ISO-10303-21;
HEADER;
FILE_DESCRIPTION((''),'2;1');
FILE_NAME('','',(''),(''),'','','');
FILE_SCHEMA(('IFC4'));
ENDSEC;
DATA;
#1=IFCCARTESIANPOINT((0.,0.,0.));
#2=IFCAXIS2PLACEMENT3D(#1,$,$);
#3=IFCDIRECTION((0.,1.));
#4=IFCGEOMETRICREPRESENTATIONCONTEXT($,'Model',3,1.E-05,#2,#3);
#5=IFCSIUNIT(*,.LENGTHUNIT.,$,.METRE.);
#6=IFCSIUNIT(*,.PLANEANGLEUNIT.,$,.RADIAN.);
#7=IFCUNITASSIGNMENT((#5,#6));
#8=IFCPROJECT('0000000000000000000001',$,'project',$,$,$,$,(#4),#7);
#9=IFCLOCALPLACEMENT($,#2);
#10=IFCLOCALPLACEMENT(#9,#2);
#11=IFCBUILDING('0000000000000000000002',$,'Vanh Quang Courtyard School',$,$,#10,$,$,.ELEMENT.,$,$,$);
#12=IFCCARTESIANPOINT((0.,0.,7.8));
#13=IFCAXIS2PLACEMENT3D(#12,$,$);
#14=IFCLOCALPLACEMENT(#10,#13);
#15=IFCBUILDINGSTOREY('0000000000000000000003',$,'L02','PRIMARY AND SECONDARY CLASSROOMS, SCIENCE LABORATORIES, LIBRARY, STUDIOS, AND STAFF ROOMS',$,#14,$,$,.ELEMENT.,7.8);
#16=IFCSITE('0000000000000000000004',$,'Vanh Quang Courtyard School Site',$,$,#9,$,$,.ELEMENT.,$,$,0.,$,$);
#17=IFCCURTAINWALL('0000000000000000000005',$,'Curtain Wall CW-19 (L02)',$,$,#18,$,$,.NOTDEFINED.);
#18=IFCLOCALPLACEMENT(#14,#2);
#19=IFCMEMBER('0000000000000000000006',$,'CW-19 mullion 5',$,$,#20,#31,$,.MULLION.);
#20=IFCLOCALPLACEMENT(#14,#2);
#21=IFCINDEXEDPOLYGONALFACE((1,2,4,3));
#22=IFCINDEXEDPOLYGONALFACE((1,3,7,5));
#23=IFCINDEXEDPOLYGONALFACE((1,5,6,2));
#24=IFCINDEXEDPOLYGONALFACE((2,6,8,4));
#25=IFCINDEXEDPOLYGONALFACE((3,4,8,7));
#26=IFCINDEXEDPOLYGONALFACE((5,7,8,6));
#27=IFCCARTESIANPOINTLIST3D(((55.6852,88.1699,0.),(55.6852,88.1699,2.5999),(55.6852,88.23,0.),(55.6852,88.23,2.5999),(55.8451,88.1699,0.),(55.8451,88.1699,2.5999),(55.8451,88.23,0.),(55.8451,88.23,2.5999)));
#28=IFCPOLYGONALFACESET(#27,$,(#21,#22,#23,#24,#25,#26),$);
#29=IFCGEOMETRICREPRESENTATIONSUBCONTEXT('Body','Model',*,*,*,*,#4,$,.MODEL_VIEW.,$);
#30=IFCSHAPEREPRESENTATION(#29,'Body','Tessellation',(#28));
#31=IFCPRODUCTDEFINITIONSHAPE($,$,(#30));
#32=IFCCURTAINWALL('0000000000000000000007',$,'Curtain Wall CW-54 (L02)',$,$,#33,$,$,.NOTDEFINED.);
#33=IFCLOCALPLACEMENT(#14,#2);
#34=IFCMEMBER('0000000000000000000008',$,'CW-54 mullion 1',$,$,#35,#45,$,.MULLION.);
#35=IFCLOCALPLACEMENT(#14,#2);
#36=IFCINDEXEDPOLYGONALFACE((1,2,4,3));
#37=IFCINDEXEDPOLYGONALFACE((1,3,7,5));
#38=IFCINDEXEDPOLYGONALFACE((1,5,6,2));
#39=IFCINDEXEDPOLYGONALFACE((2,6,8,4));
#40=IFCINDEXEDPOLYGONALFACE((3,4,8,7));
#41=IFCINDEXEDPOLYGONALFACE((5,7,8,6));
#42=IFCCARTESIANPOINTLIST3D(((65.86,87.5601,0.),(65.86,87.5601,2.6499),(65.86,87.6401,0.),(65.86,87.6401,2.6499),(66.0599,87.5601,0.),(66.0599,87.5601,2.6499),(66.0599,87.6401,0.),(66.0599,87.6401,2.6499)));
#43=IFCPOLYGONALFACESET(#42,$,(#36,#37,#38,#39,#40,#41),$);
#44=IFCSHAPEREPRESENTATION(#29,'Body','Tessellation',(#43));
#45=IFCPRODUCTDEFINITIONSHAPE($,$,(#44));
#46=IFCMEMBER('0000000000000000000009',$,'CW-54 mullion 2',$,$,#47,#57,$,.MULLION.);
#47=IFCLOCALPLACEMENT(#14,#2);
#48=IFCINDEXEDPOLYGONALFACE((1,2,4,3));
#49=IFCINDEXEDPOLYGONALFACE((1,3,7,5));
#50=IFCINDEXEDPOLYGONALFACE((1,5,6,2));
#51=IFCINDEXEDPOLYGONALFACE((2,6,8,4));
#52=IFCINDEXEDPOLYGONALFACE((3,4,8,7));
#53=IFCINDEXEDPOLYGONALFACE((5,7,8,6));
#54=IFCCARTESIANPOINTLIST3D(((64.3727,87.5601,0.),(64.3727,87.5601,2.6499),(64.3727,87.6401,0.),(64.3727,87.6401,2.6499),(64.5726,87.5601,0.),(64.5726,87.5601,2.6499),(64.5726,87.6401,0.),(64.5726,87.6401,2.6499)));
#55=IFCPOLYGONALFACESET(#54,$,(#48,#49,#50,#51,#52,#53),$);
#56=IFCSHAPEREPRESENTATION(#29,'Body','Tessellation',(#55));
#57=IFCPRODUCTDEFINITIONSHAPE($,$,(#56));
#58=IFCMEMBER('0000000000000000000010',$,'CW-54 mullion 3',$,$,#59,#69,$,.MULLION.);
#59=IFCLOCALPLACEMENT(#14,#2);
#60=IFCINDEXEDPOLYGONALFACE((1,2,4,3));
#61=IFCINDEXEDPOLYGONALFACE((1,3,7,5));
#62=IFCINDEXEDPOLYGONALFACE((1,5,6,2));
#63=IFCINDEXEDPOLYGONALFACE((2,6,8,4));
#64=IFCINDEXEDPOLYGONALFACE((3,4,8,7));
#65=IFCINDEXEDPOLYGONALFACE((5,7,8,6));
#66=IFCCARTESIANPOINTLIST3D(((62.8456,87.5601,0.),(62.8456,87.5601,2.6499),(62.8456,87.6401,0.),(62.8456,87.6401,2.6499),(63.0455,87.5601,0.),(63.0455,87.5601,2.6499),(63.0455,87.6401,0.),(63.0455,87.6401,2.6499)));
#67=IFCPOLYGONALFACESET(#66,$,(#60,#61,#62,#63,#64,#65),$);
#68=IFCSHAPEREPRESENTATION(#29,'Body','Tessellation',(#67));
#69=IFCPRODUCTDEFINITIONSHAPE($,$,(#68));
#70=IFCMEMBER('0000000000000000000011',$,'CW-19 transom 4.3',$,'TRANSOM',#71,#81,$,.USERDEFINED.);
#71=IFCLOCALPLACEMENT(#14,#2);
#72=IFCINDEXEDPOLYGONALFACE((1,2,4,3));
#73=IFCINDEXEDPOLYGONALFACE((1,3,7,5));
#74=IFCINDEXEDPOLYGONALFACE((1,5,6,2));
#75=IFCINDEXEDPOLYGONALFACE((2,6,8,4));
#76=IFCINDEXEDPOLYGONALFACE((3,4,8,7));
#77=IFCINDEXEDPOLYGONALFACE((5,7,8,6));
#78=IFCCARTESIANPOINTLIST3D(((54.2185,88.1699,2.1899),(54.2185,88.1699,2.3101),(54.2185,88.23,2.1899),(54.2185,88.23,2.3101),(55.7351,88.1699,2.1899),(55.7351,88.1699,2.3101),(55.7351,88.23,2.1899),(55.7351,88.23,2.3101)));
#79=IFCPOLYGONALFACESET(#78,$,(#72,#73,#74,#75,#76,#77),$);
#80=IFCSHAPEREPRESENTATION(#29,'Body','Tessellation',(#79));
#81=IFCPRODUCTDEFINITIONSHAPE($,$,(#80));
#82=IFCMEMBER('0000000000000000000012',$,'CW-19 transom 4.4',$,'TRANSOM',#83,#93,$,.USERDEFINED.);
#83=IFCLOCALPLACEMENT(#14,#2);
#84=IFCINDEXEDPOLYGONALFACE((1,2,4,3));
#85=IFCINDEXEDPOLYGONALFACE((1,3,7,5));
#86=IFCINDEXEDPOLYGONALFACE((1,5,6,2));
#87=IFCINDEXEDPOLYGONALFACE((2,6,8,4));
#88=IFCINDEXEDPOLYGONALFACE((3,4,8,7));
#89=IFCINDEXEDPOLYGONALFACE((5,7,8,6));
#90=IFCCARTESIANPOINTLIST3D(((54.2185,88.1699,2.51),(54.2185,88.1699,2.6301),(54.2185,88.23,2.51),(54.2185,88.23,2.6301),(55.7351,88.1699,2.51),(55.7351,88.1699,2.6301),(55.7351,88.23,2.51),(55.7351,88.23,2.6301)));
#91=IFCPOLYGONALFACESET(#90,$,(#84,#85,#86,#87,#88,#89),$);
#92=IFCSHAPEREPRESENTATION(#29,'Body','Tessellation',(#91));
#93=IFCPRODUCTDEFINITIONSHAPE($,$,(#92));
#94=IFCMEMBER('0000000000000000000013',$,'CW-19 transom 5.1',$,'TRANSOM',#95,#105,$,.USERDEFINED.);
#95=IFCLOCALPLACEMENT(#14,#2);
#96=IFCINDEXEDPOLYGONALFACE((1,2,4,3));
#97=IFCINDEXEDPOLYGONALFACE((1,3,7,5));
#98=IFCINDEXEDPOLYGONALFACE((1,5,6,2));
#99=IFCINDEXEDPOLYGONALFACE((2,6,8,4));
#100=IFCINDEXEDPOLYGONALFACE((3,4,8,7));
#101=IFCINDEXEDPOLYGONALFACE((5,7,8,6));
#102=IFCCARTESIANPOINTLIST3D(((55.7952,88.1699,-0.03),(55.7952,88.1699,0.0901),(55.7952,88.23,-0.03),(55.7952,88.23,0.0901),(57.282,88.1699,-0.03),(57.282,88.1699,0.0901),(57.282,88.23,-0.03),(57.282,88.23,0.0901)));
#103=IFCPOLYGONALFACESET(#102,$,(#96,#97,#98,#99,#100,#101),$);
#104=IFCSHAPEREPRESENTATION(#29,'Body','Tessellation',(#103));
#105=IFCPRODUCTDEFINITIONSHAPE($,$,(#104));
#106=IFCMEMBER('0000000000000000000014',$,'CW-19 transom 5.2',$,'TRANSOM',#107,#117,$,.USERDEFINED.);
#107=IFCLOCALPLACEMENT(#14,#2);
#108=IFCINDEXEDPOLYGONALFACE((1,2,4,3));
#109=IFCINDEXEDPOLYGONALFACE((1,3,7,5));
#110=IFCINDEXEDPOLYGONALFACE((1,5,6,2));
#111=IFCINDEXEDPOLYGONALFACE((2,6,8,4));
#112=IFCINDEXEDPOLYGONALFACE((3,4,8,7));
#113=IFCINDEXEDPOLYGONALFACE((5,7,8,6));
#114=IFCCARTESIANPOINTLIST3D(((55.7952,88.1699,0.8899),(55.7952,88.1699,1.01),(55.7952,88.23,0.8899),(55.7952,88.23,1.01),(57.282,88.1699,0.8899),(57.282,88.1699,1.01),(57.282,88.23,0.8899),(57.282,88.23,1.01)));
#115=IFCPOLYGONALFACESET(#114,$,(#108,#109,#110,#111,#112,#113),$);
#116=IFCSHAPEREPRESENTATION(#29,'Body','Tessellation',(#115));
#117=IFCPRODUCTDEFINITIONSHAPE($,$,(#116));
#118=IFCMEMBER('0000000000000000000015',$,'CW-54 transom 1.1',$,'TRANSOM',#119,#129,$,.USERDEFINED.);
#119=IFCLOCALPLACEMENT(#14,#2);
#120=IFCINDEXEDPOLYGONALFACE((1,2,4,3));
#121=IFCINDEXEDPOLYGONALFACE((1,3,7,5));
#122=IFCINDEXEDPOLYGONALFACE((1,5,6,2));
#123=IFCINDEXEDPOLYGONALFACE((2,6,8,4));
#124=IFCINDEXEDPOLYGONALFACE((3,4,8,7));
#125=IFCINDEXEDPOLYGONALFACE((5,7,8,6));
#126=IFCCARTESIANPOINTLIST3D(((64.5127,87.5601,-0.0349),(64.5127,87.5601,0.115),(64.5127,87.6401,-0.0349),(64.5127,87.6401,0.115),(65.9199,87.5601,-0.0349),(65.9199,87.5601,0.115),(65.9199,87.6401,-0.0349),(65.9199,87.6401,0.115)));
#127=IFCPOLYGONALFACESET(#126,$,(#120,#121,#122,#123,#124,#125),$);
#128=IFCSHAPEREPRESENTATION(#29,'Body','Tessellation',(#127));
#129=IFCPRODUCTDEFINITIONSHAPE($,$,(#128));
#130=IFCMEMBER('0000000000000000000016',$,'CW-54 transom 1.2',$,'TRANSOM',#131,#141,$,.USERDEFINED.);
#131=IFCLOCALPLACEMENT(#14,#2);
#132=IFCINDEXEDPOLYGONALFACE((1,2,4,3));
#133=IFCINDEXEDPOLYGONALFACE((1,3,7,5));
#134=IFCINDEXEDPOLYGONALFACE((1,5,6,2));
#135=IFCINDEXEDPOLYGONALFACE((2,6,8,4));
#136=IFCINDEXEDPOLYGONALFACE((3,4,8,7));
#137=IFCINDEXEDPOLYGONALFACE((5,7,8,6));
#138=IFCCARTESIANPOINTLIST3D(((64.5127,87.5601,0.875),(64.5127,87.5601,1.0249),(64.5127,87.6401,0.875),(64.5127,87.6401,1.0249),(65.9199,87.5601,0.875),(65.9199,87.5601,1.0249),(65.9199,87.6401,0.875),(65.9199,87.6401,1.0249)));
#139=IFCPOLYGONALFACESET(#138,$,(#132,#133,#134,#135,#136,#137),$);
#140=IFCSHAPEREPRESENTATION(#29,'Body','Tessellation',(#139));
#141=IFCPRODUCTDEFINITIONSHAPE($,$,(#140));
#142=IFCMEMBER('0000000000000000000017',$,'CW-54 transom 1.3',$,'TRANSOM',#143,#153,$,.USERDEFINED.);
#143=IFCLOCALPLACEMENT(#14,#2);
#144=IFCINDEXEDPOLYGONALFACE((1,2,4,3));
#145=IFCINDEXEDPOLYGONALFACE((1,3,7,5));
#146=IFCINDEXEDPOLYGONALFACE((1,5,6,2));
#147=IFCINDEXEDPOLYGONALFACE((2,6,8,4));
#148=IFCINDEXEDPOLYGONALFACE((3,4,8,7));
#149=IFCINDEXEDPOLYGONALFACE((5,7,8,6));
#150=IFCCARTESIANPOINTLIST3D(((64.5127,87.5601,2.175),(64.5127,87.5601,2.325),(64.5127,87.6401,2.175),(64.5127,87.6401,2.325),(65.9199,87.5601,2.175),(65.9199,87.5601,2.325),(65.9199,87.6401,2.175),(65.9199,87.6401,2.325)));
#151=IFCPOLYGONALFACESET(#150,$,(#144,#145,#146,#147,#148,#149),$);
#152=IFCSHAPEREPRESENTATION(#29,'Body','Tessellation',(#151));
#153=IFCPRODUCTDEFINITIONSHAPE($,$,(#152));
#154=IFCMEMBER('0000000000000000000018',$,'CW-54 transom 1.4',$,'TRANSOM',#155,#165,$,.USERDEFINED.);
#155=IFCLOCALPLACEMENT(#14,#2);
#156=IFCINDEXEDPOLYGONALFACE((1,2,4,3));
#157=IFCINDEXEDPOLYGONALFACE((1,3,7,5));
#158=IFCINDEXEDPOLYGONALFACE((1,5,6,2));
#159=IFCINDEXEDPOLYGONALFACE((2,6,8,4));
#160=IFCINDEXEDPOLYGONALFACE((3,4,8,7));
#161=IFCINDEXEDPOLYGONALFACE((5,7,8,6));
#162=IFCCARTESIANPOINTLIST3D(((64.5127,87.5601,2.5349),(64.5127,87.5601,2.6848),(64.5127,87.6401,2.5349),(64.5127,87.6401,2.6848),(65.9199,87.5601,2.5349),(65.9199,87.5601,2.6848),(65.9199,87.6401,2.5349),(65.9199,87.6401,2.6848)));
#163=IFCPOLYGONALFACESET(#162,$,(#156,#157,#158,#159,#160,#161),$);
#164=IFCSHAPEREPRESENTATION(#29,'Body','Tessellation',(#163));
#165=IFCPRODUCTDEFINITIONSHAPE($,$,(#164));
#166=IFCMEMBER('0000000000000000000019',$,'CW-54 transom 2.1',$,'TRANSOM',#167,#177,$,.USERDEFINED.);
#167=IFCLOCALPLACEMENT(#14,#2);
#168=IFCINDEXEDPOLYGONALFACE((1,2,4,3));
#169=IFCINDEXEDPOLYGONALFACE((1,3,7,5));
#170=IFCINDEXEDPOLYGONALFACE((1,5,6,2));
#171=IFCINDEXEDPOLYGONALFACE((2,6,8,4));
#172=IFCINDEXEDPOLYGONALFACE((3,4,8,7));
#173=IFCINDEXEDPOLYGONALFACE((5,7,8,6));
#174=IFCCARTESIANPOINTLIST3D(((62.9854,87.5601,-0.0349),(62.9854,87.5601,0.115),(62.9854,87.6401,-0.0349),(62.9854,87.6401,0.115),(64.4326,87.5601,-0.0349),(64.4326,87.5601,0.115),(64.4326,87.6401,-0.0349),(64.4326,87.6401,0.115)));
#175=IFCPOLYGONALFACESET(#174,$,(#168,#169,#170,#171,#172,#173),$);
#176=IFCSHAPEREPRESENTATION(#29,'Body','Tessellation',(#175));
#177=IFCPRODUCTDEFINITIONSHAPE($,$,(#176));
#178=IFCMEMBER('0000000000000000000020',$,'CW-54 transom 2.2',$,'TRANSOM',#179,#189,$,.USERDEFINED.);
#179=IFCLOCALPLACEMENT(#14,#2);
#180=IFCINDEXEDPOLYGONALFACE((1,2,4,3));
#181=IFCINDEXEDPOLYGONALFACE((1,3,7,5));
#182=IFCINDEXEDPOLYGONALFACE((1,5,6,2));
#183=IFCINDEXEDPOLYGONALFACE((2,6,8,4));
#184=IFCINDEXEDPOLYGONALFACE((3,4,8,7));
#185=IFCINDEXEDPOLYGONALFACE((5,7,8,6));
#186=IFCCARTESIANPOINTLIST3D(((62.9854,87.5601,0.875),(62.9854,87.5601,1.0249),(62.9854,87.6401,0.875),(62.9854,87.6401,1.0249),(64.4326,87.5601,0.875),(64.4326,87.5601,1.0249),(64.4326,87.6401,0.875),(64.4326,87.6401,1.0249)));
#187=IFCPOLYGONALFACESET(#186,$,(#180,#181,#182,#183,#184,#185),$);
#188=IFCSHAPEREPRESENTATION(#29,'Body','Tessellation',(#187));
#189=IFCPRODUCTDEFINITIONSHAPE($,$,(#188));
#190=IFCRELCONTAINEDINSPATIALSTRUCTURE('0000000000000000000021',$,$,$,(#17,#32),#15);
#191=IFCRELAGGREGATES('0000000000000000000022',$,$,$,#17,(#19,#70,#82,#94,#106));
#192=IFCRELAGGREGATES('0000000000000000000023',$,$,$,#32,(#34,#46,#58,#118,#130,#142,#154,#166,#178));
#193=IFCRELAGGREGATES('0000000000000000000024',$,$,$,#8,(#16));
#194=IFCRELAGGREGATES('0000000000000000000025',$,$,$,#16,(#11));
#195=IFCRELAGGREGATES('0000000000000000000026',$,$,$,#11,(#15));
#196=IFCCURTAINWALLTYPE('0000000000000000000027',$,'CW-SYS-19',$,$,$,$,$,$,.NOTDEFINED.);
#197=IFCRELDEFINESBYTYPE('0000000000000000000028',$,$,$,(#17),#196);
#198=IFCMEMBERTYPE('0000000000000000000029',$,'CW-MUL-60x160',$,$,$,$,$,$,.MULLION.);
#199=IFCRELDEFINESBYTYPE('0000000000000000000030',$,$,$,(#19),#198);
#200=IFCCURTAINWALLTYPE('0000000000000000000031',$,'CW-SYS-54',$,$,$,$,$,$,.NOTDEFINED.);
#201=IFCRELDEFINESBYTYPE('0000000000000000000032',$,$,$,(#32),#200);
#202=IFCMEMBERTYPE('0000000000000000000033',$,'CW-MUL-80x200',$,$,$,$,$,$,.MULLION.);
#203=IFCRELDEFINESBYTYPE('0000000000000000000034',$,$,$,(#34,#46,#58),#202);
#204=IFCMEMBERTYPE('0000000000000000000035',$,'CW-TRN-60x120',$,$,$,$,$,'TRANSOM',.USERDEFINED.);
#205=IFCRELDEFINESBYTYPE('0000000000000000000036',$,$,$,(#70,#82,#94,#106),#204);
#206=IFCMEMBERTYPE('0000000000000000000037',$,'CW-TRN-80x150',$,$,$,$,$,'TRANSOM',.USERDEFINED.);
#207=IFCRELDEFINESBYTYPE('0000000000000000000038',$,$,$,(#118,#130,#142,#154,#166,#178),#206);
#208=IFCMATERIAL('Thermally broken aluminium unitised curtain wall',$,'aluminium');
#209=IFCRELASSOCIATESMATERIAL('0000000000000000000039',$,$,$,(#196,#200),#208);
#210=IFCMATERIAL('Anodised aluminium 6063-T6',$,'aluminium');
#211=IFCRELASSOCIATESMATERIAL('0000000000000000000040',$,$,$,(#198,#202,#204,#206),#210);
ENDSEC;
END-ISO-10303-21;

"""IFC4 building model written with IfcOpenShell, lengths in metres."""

from ifc_helpers import new_model, si_unit, direction, frame, origin, origin_2d, place, context, subcontext, project, spatial, rectangle, extrude, material, material_profile, profile_set, type_object, element, aggregate, save


model = new_model("IFC4")

# Units and contexts
model_context = context("Model", 3, precision=1e-05, world=origin(), true_north=direction((0.0, 1.0)))
body_context = subcontext(model_context, "Body", "Model", "MODEL_VIEW")
ifc_project = project(units=[si_unit("LENGTHUNIT", "METRE"), si_unit("PLANEANGLEUNIT", "RADIAN")], contexts=[model_context])

# Site, building, storey
site_placement = place(None, origin())
site = spatial("IfcSite", under=ifc_project, at=site_placement, Name="Vanh Quang Courtyard School Site", CompositionType="ELEMENT", RefElevation=0.0)
building_placement = place(site_placement, origin())
building = spatial("IfcBuilding", under=site, at=building_placement, Name="Vanh Quang Courtyard School", CompositionType="ELEMENT")
storey_placement = place(building_placement, frame((0.0, 0.0, 7.8)))
storey = spatial("IfcBuildingStorey", under=building, at=storey_placement, Name="L02", Description="PRIMARY AND SECONDARY CLASSROOMS, SCIENCE LABORATORIES, LIBRARY, STUDIOS, AND STAFF ROOMS", CompositionType="ELEMENT", Elevation=7.8)

# Curtain wall, member
ifc_material_1 = material(Name="Thermally broken aluminium unitised curtain wall", Category="aluminium")
curtain_wall_type_1 = type_object("IfcCurtainWallType", Name="CW-SYS-19", PredefinedType="NOTDEFINED", material=ifc_material_1)
curtain_wall_1_placement = place(storey_placement, origin())
curtain_wall_1 = element("IfcCurtainWall", 1, at=curtain_wall_1_placement, inside=storey, type_object=curtain_wall_type_1, Name="Curtain Wall CW-19 (L02)", PredefinedType="NOTDEFINED")
ifc_material_2 = material(Name="Anodised aluminium 6063-T6", Category="aluminium")
ifc_material_profile_1 = material_profile(ifc_material_2, rectangle(XDim=0.0601, YDim=0.1599, at=origin_2d()), Name="ALU-MUL 60x160")
ifc_profile_set_1 = profile_set([ifc_material_profile_1], Name="Anodised aluminium 6063-T6")
member_type_1 = type_object("IfcMemberType", Name="CW-MUL-60x160", PredefinedType="MULLION", material=ifc_profile_set_1)
member_1_placement = place(storey_placement, frame((55.7651, 88.2, 0.0), z_axis=(0.0, 0.0, 1.0), x_axis=(0.0, 1.0, 0.0)))
member_1 = element("IfcMember", 2, at=member_1_placement, type_object=member_type_1, Name="CW-19 mullion 5", PredefinedType="MULLION", context=body_context, shape_type="SweptSolid", body=[
    extrude(rectangle(XDim=0.0601, YDim=0.1599, at=origin_2d()), origin(), (0.0, 0.0, 1.0), 2.5999),
])

# Curtain wall, members
curtain_wall_type_2 = type_object("IfcCurtainWallType", Name="CW-SYS-54", PredefinedType="NOTDEFINED", material=ifc_material_1)
curtain_wall_2_placement = place(storey_placement, origin())
curtain_wall_2 = element("IfcCurtainWall", 3, at=curtain_wall_2_placement, inside=storey, type_object=curtain_wall_type_2, Name="Curtain Wall CW-54 (L02)", PredefinedType="NOTDEFINED")
ifc_material_profile_2 = material_profile(ifc_material_2, rectangle(XDim=0.0801, YDim=0.2, at=origin_2d()), Name="ALU-MUL 80x200")
ifc_profile_set_2 = profile_set([ifc_material_profile_2], Name="Anodised aluminium 6063-T6")
member_type_2 = type_object("IfcMemberType", Name="CW-MUL-80x200", PredefinedType="MULLION", material=ifc_profile_set_2)
member_2_placement = place(storey_placement, frame((65.96, 87.6001, 0.0), z_axis=(0.0, 0.0, 1.0), x_axis=(0.0, -1.0, 0.0)))
member_2 = element("IfcMember", 4, at=member_2_placement, type_object=member_type_2, Name="CW-54 mullion 1", PredefinedType="MULLION", context=body_context, shape_type="SweptSolid", body=[
    extrude(rectangle(XDim=0.0801, YDim=0.2, at=origin_2d()), origin(), (0.0, 0.0, 1.0), 2.6499),
])
member_3_placement = place(storey_placement, frame((64.4727, 87.6001, 0.0), z_axis=(0.0, 0.0, 1.0), x_axis=(0.0, -1.0, 0.0)))
member_3 = element("IfcMember", 5, at=member_3_placement, type_object=member_type_2, Name="CW-54 mullion 2", PredefinedType="MULLION", context=body_context, shape_type="SweptSolid", body=[
    extrude(rectangle(XDim=0.0801, YDim=0.2, at=origin_2d()), origin(), (0.0, 0.0, 1.0), 2.6499),
])
member_4_placement = place(storey_placement, frame((62.9456, 87.6001, 0.0), z_axis=(0.0, 0.0, 1.0), x_axis=(0.0, -1.0, 0.0)))
member_4 = element("IfcMember", 6, at=member_4_placement, type_object=member_type_2, Name="CW-54 mullion 3", PredefinedType="MULLION", context=body_context, shape_type="SweptSolid", body=[
    extrude(rectangle(XDim=0.0801, YDim=0.2, at=origin_2d()), origin(), (0.0, 0.0, 1.0), 2.6499),
])

# Members
ifc_material_profile_3 = material_profile(ifc_material_2, rectangle(XDim=0.0601, YDim=0.1201, at=origin_2d()), Name="ALU-TRN 60x120")
ifc_profile_set_3 = profile_set([ifc_material_profile_3], Name="Anodised aluminium 6063-T6")
member_type_3 = type_object("IfcMemberType", Name="CW-TRN-60x120", ElementType="TRANSOM", PredefinedType="USERDEFINED", material=ifc_profile_set_3)
member_5_placement = place(storey_placement, frame((54.2185, 88.2, 2.25), z_axis=(1.0, 0.0, 0.0), x_axis=(0.0, 1.0, 0.0)))
member_5 = element("IfcMember", 7, at=member_5_placement, type_object=member_type_3, Name="CW-19 transom 4.3", ObjectType="TRANSOM", PredefinedType="USERDEFINED", context=body_context, shape_type="SweptSolid", body=[
    extrude(rectangle(XDim=0.0601, YDim=0.1201, at=origin_2d()), origin(), (0.0, 0.0, 1.0), 1.5166),
])
member_6_placement = place(storey_placement, frame((54.2185, 88.2, 2.5701), z_axis=(1.0, 0.0, 0.0), x_axis=(0.0, 1.0, 0.0)))
member_6 = element("IfcMember", 8, at=member_6_placement, type_object=member_type_3, Name="CW-19 transom 4.4", ObjectType="TRANSOM", PredefinedType="USERDEFINED", context=body_context, shape_type="SweptSolid", body=[
    extrude(rectangle(XDim=0.0601, YDim=0.1201, at=origin_2d()), origin(), (0.0, 0.0, 1.0), 1.5166),
])
member_7_placement = place(storey_placement, frame((55.7952, 88.2, 0.03), z_axis=(1.0, 0.0, 0.0), x_axis=(0.0, 1.0, 0.0)))
member_7 = element("IfcMember", 9, at=member_7_placement, type_object=member_type_3, Name="CW-19 transom 5.1", ObjectType="TRANSOM", PredefinedType="USERDEFINED", context=body_context, shape_type="SweptSolid", body=[
    extrude(rectangle(XDim=0.0601, YDim=0.1201, at=origin_2d()), origin(), (0.0, 0.0, 1.0), 1.4868),
])
member_8_placement = place(storey_placement, frame((55.7952, 88.2, 0.95), z_axis=(1.0, 0.0, 0.0), x_axis=(0.0, 1.0, 0.0)))
member_8 = element("IfcMember", 10, at=member_8_placement, type_object=member_type_3, Name="CW-19 transom 5.2", ObjectType="TRANSOM", PredefinedType="USERDEFINED", context=body_context, shape_type="SweptSolid", body=[
    extrude(rectangle(XDim=0.0601, YDim=0.1201, at=origin_2d()), origin(), (0.0, 0.0, 1.0), 1.4868),
])
ifc_material_profile_4 = material_profile(ifc_material_2, rectangle(XDim=0.0801, YDim=0.1499, at=origin_2d()), Name="ALU-TRN 80x150")
ifc_profile_set_4 = profile_set([ifc_material_profile_4], Name="Anodised aluminium 6063-T6")
member_type_4 = type_object("IfcMemberType", Name="CW-TRN-80x150", ElementType="TRANSOM", PredefinedType="USERDEFINED", material=ifc_profile_set_4)
member_9_placement = place(storey_placement, frame((65.9199, 87.6001, 0.04), z_axis=(-1.0, 0.0, 0.0), x_axis=(0.0, -1.0, 0.0)))
member_9 = element("IfcMember", 11, at=member_9_placement, type_object=member_type_4, Name="CW-54 transom 1.1", ObjectType="TRANSOM", PredefinedType="USERDEFINED", context=body_context, shape_type="SweptSolid", body=[
    extrude(rectangle(XDim=0.0801, YDim=0.1499, at=origin_2d()), origin(), (0.0, 0.0, 1.0), 1.4072),
])
member_10_placement = place(storey_placement, frame((65.9199, 87.6001, 0.95), z_axis=(-1.0, 0.0, 0.0), x_axis=(0.0, -1.0, 0.0)))
member_10 = element("IfcMember", 12, at=member_10_placement, type_object=member_type_4, Name="CW-54 transom 1.2", ObjectType="TRANSOM", PredefinedType="USERDEFINED", context=body_context, shape_type="SweptSolid", body=[
    extrude(rectangle(XDim=0.0801, YDim=0.1499, at=origin_2d()), origin(), (0.0, 0.0, 1.0), 1.4072),
])
member_11_placement = place(storey_placement, frame((65.9199, 87.6001, 2.25), z_axis=(-1.0, 0.0, 0.0), x_axis=(0.0, -1.0, 0.0)))
member_11 = element("IfcMember", 13, at=member_11_placement, type_object=member_type_4, Name="CW-54 transom 1.3", ObjectType="TRANSOM", PredefinedType="USERDEFINED", context=body_context, shape_type="SweptSolid", body=[
    extrude(rectangle(XDim=0.0801, YDim=0.1499, at=origin_2d()), origin(), (0.0, 0.0, 1.0), 1.4072),
])
member_12_placement = place(storey_placement, frame((65.9199, 87.6001, 2.6099), z_axis=(-1.0, 0.0, 0.0), x_axis=(0.0, -1.0, 0.0)))
member_12 = element("IfcMember", 14, at=member_12_placement, type_object=member_type_4, Name="CW-54 transom 1.4", ObjectType="TRANSOM", PredefinedType="USERDEFINED", context=body_context, shape_type="SweptSolid", body=[
    extrude(rectangle(XDim=0.0801, YDim=0.1499, at=origin_2d()), origin(), (0.0, 0.0, 1.0), 1.4072),
])
member_13_placement = place(storey_placement, frame((64.4326, 87.6001, 0.04), z_axis=(-1.0, 0.0, 0.0), x_axis=(0.0, -1.0, 0.0)))
member_13 = element("IfcMember", 15, at=member_13_placement, type_object=member_type_4, Name="CW-54 transom 2.1", ObjectType="TRANSOM", PredefinedType="USERDEFINED", context=body_context, shape_type="SweptSolid", body=[
    extrude(rectangle(XDim=0.0801, YDim=0.1499, at=origin_2d()), origin(), (0.0, 0.0, 1.0), 1.4473),
])
member_14_placement = place(storey_placement, frame((64.4326, 87.6001, 0.95), z_axis=(-1.0, 0.0, 0.0), x_axis=(0.0, -1.0, 0.0)))
member_14 = element("IfcMember", 16, at=member_14_placement, type_object=member_type_4, Name="CW-54 transom 2.2", ObjectType="TRANSOM", PredefinedType="USERDEFINED", context=body_context, shape_type="SweptSolid", body=[
    extrude(rectangle(XDim=0.0801, YDim=0.1499, at=origin_2d()), origin(), (0.0, 0.0, 1.0), 1.4473),
])

aggregate(curtain_wall_1, [member_1, member_5, member_6, member_7, member_8])
aggregate(curtain_wall_2, [member_2, member_3, member_4, member_9, member_10, member_11, member_12, member_13, member_14])

save(model, "model.ifc")
